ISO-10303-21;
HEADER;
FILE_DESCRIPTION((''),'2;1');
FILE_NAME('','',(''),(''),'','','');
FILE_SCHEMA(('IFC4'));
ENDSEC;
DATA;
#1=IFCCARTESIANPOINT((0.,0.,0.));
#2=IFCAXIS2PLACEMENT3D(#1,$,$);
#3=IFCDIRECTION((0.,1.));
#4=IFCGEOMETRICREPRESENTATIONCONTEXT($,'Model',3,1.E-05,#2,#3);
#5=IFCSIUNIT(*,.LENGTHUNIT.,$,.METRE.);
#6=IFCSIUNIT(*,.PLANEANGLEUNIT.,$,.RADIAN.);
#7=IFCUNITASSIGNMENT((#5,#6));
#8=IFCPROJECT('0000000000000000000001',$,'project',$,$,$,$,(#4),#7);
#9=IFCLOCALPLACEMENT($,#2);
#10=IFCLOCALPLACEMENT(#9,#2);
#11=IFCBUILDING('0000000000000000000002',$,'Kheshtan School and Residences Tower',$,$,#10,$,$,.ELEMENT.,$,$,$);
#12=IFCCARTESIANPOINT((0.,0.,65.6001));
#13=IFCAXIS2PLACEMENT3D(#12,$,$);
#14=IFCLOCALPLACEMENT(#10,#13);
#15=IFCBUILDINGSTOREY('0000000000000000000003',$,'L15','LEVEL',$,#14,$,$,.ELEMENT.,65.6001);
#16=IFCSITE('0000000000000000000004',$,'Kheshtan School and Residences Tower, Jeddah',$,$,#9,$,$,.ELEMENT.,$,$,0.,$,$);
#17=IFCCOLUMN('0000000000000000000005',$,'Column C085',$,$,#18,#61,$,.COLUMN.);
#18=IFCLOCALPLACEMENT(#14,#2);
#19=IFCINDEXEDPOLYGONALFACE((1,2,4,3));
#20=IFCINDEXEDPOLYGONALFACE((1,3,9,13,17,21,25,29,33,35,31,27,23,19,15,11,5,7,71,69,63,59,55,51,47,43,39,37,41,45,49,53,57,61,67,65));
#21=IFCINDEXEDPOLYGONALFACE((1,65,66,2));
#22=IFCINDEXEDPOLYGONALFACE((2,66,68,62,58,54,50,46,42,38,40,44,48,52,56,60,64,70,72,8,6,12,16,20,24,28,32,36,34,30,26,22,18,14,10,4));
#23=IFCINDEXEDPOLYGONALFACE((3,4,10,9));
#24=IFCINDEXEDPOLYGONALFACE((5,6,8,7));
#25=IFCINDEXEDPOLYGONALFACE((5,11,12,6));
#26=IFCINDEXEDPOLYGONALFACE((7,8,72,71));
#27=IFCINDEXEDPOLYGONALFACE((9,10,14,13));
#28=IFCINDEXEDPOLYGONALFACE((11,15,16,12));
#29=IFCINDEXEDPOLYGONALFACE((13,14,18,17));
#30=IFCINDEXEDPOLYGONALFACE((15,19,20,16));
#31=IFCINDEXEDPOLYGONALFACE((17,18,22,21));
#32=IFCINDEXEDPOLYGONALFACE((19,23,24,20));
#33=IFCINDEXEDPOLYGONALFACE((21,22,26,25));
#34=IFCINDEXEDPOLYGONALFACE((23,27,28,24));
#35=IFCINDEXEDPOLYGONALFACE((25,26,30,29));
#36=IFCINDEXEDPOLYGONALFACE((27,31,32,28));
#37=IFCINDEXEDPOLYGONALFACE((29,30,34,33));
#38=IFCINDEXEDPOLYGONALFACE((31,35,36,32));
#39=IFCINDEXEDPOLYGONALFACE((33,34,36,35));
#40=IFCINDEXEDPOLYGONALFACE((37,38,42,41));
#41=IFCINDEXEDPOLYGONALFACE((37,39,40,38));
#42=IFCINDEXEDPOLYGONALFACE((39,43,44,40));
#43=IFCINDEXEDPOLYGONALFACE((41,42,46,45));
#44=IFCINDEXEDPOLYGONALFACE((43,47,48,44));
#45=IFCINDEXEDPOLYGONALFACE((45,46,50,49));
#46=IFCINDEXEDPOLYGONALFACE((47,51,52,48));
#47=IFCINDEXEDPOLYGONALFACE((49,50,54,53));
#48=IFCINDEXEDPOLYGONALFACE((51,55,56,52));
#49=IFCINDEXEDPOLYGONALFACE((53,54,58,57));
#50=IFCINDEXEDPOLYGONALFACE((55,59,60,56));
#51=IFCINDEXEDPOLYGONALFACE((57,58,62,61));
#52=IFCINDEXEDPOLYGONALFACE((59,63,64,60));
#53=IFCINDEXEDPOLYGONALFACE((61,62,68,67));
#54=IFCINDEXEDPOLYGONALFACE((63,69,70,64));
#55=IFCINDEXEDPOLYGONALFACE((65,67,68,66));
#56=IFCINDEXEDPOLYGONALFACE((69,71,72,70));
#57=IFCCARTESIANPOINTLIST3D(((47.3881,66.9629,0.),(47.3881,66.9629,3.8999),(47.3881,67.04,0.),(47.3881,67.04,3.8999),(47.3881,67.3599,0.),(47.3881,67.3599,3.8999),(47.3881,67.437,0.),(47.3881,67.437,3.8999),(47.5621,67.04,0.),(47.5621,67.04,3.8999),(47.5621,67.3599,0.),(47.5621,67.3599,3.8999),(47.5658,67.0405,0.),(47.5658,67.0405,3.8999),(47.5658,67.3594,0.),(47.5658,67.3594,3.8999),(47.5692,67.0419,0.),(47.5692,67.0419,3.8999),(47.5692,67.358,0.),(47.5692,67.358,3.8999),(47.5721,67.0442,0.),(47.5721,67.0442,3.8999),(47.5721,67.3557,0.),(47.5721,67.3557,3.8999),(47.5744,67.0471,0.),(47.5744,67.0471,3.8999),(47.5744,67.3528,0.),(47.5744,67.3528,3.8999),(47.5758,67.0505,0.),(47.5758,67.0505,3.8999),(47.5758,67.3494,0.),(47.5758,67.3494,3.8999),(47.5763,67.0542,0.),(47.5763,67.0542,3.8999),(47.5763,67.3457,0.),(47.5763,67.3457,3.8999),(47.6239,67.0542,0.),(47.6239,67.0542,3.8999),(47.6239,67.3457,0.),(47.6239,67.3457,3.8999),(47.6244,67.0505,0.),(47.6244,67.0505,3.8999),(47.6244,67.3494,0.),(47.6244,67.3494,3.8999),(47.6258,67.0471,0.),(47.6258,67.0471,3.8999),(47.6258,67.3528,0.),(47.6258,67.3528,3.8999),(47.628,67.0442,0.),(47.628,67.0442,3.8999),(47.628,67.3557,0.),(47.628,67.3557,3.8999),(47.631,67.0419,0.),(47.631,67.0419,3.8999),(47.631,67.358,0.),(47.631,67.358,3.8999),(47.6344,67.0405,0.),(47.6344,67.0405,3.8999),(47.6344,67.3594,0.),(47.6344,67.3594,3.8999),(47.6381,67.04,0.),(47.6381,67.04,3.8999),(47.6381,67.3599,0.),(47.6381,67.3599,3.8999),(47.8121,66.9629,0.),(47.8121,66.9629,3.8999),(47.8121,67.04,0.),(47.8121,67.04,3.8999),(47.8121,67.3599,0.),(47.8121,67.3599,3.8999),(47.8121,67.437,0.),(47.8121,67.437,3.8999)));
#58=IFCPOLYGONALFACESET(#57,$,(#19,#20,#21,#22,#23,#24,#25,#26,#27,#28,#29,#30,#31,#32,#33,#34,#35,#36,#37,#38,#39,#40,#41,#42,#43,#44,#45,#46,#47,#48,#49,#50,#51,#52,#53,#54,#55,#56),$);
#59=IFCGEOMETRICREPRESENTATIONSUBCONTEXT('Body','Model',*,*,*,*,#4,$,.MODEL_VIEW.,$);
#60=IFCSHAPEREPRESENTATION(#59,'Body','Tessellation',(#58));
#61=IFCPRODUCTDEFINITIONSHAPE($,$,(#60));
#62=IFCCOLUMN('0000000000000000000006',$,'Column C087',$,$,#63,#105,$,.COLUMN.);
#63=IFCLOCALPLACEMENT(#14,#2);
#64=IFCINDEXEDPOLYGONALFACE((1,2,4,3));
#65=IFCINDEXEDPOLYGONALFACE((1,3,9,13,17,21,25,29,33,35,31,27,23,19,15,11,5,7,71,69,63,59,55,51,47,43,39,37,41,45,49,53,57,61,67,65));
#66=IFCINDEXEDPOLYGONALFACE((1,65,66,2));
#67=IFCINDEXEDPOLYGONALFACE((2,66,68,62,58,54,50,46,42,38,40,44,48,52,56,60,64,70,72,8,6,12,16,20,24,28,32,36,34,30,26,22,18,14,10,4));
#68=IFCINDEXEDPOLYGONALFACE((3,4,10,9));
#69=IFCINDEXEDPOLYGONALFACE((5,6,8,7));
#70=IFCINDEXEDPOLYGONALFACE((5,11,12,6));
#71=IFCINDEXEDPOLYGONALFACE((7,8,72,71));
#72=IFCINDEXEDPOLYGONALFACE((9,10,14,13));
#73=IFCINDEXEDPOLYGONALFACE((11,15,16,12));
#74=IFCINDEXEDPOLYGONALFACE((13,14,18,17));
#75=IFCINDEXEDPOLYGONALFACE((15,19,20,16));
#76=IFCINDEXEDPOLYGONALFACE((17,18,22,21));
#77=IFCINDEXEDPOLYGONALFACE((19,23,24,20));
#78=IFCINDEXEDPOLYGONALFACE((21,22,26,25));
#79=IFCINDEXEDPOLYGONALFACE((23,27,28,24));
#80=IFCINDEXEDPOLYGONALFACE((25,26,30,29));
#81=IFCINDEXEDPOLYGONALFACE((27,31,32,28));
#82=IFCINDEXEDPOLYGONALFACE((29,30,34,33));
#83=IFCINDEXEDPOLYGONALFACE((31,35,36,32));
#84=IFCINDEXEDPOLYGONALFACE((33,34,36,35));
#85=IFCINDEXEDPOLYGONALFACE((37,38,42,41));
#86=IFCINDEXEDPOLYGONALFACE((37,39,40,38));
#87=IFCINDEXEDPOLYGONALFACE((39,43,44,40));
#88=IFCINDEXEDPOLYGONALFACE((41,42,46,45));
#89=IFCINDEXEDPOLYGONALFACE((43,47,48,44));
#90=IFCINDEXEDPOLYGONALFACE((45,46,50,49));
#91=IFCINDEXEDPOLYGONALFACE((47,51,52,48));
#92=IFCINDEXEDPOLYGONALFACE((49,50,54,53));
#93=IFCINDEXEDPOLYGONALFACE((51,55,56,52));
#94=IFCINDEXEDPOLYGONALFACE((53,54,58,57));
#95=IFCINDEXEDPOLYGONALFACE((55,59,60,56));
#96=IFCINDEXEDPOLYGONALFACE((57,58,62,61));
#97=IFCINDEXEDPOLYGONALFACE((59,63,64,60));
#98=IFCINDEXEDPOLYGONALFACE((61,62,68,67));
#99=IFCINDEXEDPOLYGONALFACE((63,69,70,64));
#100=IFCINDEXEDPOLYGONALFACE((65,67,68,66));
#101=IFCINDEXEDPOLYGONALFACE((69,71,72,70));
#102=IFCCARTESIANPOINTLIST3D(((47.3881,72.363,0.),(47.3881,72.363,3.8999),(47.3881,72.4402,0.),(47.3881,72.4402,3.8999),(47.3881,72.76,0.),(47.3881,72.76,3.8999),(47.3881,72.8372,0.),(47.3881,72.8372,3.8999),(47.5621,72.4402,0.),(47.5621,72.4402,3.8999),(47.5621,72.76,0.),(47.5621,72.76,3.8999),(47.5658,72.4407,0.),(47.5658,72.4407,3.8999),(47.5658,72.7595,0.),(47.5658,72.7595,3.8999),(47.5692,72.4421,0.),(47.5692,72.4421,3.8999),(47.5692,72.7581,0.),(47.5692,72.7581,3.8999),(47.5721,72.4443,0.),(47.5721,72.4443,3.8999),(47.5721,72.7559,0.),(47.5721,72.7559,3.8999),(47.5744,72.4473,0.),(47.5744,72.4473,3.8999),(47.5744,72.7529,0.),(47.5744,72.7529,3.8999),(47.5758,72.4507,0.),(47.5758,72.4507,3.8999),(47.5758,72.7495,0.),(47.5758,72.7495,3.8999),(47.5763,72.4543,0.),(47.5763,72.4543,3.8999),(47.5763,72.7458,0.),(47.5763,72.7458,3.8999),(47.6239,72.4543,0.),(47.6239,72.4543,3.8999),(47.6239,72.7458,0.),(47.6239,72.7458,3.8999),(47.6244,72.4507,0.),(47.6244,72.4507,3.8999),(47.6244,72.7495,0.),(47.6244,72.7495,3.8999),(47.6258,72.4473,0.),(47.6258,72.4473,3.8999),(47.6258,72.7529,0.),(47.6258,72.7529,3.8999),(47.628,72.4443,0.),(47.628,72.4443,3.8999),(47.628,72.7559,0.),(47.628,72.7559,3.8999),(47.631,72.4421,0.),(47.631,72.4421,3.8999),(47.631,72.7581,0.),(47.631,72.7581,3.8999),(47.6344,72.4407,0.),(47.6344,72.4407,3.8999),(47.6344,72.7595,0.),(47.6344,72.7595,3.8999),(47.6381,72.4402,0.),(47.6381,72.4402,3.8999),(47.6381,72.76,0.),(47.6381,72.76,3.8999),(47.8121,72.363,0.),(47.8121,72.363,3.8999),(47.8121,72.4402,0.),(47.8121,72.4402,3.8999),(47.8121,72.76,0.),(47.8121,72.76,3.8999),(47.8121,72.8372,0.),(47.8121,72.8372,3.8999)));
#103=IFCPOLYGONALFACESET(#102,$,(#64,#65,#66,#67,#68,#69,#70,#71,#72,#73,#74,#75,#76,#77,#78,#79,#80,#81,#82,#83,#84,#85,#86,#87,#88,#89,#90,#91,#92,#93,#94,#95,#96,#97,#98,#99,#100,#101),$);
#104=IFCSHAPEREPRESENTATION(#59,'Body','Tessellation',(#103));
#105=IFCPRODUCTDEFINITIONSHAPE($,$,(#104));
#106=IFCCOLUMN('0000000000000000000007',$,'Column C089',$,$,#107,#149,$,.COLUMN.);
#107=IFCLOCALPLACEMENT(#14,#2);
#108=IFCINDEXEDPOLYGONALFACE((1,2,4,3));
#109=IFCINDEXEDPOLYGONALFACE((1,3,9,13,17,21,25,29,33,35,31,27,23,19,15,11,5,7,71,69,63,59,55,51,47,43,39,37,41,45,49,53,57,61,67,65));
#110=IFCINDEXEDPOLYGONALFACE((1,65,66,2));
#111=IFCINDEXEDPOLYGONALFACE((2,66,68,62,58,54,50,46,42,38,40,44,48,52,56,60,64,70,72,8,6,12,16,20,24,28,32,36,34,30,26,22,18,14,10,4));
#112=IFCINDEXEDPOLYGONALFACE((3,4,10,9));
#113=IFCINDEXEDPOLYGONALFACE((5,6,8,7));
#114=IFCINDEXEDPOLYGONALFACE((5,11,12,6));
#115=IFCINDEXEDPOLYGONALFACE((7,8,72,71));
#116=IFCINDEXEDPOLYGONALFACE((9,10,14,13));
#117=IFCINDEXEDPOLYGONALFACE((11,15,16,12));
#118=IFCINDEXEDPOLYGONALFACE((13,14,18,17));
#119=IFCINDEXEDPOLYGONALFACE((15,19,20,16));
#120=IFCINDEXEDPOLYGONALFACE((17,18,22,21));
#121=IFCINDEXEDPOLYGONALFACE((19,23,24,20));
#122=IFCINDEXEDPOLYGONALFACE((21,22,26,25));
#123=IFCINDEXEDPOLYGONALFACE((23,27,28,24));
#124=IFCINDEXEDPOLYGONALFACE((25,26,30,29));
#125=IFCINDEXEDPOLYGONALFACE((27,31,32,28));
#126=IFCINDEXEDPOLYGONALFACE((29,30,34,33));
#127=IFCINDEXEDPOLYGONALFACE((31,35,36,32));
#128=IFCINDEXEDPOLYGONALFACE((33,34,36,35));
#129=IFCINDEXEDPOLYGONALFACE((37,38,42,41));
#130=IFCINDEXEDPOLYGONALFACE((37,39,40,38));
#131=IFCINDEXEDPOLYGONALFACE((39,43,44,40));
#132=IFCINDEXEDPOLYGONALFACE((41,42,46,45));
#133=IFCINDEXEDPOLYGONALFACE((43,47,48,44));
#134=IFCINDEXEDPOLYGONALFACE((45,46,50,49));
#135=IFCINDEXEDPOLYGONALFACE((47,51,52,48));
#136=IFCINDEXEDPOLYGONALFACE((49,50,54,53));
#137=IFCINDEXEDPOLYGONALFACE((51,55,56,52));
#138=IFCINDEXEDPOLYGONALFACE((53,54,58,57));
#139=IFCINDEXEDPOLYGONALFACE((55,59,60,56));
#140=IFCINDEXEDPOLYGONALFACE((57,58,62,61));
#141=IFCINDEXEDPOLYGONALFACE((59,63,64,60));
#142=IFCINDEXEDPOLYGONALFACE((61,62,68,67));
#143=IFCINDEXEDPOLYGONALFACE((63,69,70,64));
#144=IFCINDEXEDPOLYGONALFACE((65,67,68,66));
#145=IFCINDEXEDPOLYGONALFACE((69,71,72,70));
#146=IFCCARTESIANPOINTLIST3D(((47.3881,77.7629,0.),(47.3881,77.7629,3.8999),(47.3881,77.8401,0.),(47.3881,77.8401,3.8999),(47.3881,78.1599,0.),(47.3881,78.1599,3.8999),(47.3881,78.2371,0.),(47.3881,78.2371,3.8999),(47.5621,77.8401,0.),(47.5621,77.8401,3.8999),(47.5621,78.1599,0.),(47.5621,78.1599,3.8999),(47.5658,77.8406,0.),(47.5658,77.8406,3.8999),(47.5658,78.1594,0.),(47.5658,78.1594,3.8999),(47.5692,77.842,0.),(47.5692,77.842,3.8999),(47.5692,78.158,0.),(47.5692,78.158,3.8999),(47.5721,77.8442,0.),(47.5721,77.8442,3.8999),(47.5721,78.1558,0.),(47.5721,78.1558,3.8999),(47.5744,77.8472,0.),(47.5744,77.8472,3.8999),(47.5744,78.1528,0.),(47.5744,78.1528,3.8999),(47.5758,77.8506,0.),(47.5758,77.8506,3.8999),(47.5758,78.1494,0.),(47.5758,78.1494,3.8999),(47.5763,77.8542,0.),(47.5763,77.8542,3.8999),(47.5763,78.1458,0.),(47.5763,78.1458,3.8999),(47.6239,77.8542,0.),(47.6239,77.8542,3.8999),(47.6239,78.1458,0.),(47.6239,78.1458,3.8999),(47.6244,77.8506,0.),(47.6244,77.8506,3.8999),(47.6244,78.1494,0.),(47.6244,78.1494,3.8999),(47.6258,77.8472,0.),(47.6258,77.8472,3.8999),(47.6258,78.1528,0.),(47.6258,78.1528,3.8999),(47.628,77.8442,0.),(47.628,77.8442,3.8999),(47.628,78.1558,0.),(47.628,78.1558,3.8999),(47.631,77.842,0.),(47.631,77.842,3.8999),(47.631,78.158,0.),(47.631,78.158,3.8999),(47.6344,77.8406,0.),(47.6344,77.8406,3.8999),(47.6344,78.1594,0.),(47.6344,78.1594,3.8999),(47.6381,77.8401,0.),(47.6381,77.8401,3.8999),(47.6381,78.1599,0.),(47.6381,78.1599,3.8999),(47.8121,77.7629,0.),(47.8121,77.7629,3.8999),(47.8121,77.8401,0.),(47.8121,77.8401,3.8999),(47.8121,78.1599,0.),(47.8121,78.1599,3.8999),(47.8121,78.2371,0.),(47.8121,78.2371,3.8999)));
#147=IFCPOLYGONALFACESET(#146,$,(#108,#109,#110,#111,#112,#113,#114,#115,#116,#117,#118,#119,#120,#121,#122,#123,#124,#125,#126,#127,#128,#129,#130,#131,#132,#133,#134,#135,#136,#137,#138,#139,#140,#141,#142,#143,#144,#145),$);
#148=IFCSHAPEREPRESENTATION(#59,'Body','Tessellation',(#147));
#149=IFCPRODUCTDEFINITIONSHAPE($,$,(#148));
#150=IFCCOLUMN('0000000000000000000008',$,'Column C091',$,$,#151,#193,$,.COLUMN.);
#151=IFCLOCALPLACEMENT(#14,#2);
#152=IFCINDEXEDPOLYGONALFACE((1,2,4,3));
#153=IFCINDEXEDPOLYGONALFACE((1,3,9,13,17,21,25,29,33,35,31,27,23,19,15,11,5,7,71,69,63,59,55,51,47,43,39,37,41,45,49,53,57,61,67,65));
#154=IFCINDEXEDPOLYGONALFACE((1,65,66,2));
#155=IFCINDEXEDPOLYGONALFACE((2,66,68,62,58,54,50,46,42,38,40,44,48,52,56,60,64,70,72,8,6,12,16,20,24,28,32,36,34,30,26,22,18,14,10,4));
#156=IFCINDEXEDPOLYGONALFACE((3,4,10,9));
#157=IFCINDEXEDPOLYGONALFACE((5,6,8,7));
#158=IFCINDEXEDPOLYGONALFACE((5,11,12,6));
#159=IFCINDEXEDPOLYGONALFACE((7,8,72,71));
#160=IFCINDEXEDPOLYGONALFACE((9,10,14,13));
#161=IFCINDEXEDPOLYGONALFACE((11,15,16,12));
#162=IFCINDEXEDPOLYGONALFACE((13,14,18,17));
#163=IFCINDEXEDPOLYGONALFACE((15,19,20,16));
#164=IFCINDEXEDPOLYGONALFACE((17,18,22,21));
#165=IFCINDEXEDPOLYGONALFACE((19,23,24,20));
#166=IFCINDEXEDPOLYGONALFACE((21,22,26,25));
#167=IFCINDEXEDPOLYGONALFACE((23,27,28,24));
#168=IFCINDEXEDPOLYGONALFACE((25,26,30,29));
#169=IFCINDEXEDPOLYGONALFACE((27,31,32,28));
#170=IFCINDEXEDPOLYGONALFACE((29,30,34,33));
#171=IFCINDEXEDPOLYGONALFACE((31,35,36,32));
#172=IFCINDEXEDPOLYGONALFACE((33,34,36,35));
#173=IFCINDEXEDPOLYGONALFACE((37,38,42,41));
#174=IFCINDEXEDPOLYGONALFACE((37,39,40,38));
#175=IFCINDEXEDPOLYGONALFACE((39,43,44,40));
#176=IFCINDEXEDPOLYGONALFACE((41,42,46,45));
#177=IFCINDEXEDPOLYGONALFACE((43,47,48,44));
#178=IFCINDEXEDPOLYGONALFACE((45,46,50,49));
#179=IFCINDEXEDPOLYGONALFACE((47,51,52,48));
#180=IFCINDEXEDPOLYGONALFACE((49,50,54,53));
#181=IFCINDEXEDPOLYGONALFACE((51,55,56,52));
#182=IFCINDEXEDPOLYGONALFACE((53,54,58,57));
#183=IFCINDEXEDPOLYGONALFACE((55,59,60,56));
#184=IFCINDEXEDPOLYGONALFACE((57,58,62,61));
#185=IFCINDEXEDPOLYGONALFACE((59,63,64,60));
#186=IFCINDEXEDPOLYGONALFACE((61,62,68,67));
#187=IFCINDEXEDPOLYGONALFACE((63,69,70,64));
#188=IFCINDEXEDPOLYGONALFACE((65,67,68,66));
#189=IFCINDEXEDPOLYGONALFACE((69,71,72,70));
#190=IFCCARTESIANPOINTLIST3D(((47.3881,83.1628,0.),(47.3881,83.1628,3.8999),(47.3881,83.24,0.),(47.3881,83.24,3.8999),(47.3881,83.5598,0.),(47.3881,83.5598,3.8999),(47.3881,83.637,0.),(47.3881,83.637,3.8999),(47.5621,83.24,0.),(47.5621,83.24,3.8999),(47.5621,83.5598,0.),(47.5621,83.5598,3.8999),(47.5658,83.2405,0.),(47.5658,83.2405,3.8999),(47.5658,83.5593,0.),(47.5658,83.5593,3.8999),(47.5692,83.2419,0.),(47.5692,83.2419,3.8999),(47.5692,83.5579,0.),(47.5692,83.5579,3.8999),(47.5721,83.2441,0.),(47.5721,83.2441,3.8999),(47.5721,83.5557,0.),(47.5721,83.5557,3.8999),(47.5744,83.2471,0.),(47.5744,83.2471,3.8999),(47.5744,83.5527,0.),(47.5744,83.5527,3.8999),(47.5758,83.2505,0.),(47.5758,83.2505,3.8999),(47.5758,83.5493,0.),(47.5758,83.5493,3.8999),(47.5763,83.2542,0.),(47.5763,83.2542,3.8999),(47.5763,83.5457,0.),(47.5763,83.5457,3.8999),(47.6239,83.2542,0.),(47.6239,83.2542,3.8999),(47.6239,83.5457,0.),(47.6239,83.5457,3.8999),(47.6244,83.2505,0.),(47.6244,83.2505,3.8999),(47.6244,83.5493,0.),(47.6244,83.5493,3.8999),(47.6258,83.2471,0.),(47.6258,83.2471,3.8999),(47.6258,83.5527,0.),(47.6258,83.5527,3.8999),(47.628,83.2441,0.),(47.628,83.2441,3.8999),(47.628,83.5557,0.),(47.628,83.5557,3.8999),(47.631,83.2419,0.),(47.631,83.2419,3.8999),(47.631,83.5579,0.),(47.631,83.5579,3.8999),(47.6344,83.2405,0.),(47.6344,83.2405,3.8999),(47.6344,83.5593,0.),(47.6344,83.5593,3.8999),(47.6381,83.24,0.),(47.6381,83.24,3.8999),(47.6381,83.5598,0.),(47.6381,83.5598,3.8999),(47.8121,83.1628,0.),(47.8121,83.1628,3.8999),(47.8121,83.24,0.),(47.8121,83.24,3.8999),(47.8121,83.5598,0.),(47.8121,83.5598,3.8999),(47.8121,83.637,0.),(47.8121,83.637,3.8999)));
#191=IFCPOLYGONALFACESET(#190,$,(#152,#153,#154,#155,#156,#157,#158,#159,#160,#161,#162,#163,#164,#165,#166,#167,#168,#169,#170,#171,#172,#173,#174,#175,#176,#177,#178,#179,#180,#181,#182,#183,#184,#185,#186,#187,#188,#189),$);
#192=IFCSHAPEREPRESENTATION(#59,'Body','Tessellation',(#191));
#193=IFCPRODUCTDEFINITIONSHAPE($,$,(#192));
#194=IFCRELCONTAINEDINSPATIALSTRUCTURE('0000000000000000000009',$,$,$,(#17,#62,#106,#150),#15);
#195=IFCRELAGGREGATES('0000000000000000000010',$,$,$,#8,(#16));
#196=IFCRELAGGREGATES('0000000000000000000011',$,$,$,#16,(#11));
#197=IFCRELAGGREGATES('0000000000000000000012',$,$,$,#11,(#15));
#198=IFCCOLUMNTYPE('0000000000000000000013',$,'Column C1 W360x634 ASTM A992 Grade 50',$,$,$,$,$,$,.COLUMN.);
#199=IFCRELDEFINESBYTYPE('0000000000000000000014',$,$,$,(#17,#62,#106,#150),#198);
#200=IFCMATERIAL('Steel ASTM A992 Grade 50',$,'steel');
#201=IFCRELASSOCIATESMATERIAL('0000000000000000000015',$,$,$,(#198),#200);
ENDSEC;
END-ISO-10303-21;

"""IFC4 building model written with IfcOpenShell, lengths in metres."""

from ifc_helpers import new_model, si_unit, direction, frame, origin, origin_2d, place, context, subcontext, project, spatial, i_section, extrude, material, material_profile, profile_set, type_object, element, save


model = new_model("IFC4")

# Units and contexts
model_context = context("Model", 3, precision=1e-05, world=origin(), true_north=direction((0.0, 1.0)))
body_context = subcontext(model_context, "Body", "Model", "MODEL_VIEW")
ifc_project = project(units=[si_unit("LENGTHUNIT", "METRE"), si_unit("PLANEANGLEUNIT", "RADIAN")], contexts=[model_context])

# Site, building, storey
site_placement = place(None, origin())
site = spatial("IfcSite", under=ifc_project, at=site_placement, Name="Kheshtan School and Residences Tower, Jeddah", CompositionType="ELEMENT", RefElevation=0.0)
building_placement = place(site_placement, origin())
building = spatial("IfcBuilding", under=site, at=building_placement, Name="Kheshtan School and Residences Tower", CompositionType="ELEMENT")
storey_placement = place(building_placement, frame((0.0, 0.0, 65.6001)))
storey = spatial("IfcBuildingStorey", under=building, at=storey_placement, Name="L15", Description="LEVEL", CompositionType="ELEMENT", Elevation=65.6001)

# Columns
ifc_material_1 = material(Name="Steel ASTM A992 Grade 50", Category="steel")
ifc_material_profile_1 = material_profile(ifc_material_1, i_section(OverallWidth=0.4241, OverallDepth=0.4741, WebThickness=0.0476, FlangeThickness=0.0771, FilletRadius=0.0142, at=origin_2d()), Name="W360x634")
ifc_profile_set_1 = profile_set([ifc_material_profile_1], Name="Steel ASTM A992 Grade 50")
column_type = type_object("IfcColumnType", Name="Column C1 W360x634 ASTM A992 Grade 50", PredefinedType="COLUMN", material=ifc_profile_set_1)
for number, where, z_axis, x_axis, name in (
    (1, (47.6001, 67.2, 0.0), (0.0, 0.0, 1.0), (1.0, 0.0, 0.0), "Column C085"),
    (2, (47.6001, 72.6001, 0.0), (0.0, 0.0, 1.0), (1.0, 0.0, 0.0), "Column C087"),
    (3, (47.6001, 78.0, 0.0), (0.0, 0.0, 1.0), (1.0, 0.0, 0.0), "Column C089"),
    (4, (47.6001, 83.3999, 0.0), (0.0, 0.0, 1.0), (1.0, 0.0, 0.0), "Column C091"),
):
    element("IfcColumn", number, at=place(storey_placement, frame(where, z_axis=z_axis, x_axis=x_axis)), inside=storey, type_object=column_type, Name=name, PredefinedType="COLUMN", context=body_context, shape_type="SweptSolid", body=[
        extrude(i_section(OverallWidth=0.4241, OverallDepth=0.4741, WebThickness=0.0476, FlangeThickness=0.0771, FilletRadius=0.0142, at=origin_2d()), origin(), (0.0, 0.0, 1.0), 3.8999),
    ])

save(model, "model.ifc")
